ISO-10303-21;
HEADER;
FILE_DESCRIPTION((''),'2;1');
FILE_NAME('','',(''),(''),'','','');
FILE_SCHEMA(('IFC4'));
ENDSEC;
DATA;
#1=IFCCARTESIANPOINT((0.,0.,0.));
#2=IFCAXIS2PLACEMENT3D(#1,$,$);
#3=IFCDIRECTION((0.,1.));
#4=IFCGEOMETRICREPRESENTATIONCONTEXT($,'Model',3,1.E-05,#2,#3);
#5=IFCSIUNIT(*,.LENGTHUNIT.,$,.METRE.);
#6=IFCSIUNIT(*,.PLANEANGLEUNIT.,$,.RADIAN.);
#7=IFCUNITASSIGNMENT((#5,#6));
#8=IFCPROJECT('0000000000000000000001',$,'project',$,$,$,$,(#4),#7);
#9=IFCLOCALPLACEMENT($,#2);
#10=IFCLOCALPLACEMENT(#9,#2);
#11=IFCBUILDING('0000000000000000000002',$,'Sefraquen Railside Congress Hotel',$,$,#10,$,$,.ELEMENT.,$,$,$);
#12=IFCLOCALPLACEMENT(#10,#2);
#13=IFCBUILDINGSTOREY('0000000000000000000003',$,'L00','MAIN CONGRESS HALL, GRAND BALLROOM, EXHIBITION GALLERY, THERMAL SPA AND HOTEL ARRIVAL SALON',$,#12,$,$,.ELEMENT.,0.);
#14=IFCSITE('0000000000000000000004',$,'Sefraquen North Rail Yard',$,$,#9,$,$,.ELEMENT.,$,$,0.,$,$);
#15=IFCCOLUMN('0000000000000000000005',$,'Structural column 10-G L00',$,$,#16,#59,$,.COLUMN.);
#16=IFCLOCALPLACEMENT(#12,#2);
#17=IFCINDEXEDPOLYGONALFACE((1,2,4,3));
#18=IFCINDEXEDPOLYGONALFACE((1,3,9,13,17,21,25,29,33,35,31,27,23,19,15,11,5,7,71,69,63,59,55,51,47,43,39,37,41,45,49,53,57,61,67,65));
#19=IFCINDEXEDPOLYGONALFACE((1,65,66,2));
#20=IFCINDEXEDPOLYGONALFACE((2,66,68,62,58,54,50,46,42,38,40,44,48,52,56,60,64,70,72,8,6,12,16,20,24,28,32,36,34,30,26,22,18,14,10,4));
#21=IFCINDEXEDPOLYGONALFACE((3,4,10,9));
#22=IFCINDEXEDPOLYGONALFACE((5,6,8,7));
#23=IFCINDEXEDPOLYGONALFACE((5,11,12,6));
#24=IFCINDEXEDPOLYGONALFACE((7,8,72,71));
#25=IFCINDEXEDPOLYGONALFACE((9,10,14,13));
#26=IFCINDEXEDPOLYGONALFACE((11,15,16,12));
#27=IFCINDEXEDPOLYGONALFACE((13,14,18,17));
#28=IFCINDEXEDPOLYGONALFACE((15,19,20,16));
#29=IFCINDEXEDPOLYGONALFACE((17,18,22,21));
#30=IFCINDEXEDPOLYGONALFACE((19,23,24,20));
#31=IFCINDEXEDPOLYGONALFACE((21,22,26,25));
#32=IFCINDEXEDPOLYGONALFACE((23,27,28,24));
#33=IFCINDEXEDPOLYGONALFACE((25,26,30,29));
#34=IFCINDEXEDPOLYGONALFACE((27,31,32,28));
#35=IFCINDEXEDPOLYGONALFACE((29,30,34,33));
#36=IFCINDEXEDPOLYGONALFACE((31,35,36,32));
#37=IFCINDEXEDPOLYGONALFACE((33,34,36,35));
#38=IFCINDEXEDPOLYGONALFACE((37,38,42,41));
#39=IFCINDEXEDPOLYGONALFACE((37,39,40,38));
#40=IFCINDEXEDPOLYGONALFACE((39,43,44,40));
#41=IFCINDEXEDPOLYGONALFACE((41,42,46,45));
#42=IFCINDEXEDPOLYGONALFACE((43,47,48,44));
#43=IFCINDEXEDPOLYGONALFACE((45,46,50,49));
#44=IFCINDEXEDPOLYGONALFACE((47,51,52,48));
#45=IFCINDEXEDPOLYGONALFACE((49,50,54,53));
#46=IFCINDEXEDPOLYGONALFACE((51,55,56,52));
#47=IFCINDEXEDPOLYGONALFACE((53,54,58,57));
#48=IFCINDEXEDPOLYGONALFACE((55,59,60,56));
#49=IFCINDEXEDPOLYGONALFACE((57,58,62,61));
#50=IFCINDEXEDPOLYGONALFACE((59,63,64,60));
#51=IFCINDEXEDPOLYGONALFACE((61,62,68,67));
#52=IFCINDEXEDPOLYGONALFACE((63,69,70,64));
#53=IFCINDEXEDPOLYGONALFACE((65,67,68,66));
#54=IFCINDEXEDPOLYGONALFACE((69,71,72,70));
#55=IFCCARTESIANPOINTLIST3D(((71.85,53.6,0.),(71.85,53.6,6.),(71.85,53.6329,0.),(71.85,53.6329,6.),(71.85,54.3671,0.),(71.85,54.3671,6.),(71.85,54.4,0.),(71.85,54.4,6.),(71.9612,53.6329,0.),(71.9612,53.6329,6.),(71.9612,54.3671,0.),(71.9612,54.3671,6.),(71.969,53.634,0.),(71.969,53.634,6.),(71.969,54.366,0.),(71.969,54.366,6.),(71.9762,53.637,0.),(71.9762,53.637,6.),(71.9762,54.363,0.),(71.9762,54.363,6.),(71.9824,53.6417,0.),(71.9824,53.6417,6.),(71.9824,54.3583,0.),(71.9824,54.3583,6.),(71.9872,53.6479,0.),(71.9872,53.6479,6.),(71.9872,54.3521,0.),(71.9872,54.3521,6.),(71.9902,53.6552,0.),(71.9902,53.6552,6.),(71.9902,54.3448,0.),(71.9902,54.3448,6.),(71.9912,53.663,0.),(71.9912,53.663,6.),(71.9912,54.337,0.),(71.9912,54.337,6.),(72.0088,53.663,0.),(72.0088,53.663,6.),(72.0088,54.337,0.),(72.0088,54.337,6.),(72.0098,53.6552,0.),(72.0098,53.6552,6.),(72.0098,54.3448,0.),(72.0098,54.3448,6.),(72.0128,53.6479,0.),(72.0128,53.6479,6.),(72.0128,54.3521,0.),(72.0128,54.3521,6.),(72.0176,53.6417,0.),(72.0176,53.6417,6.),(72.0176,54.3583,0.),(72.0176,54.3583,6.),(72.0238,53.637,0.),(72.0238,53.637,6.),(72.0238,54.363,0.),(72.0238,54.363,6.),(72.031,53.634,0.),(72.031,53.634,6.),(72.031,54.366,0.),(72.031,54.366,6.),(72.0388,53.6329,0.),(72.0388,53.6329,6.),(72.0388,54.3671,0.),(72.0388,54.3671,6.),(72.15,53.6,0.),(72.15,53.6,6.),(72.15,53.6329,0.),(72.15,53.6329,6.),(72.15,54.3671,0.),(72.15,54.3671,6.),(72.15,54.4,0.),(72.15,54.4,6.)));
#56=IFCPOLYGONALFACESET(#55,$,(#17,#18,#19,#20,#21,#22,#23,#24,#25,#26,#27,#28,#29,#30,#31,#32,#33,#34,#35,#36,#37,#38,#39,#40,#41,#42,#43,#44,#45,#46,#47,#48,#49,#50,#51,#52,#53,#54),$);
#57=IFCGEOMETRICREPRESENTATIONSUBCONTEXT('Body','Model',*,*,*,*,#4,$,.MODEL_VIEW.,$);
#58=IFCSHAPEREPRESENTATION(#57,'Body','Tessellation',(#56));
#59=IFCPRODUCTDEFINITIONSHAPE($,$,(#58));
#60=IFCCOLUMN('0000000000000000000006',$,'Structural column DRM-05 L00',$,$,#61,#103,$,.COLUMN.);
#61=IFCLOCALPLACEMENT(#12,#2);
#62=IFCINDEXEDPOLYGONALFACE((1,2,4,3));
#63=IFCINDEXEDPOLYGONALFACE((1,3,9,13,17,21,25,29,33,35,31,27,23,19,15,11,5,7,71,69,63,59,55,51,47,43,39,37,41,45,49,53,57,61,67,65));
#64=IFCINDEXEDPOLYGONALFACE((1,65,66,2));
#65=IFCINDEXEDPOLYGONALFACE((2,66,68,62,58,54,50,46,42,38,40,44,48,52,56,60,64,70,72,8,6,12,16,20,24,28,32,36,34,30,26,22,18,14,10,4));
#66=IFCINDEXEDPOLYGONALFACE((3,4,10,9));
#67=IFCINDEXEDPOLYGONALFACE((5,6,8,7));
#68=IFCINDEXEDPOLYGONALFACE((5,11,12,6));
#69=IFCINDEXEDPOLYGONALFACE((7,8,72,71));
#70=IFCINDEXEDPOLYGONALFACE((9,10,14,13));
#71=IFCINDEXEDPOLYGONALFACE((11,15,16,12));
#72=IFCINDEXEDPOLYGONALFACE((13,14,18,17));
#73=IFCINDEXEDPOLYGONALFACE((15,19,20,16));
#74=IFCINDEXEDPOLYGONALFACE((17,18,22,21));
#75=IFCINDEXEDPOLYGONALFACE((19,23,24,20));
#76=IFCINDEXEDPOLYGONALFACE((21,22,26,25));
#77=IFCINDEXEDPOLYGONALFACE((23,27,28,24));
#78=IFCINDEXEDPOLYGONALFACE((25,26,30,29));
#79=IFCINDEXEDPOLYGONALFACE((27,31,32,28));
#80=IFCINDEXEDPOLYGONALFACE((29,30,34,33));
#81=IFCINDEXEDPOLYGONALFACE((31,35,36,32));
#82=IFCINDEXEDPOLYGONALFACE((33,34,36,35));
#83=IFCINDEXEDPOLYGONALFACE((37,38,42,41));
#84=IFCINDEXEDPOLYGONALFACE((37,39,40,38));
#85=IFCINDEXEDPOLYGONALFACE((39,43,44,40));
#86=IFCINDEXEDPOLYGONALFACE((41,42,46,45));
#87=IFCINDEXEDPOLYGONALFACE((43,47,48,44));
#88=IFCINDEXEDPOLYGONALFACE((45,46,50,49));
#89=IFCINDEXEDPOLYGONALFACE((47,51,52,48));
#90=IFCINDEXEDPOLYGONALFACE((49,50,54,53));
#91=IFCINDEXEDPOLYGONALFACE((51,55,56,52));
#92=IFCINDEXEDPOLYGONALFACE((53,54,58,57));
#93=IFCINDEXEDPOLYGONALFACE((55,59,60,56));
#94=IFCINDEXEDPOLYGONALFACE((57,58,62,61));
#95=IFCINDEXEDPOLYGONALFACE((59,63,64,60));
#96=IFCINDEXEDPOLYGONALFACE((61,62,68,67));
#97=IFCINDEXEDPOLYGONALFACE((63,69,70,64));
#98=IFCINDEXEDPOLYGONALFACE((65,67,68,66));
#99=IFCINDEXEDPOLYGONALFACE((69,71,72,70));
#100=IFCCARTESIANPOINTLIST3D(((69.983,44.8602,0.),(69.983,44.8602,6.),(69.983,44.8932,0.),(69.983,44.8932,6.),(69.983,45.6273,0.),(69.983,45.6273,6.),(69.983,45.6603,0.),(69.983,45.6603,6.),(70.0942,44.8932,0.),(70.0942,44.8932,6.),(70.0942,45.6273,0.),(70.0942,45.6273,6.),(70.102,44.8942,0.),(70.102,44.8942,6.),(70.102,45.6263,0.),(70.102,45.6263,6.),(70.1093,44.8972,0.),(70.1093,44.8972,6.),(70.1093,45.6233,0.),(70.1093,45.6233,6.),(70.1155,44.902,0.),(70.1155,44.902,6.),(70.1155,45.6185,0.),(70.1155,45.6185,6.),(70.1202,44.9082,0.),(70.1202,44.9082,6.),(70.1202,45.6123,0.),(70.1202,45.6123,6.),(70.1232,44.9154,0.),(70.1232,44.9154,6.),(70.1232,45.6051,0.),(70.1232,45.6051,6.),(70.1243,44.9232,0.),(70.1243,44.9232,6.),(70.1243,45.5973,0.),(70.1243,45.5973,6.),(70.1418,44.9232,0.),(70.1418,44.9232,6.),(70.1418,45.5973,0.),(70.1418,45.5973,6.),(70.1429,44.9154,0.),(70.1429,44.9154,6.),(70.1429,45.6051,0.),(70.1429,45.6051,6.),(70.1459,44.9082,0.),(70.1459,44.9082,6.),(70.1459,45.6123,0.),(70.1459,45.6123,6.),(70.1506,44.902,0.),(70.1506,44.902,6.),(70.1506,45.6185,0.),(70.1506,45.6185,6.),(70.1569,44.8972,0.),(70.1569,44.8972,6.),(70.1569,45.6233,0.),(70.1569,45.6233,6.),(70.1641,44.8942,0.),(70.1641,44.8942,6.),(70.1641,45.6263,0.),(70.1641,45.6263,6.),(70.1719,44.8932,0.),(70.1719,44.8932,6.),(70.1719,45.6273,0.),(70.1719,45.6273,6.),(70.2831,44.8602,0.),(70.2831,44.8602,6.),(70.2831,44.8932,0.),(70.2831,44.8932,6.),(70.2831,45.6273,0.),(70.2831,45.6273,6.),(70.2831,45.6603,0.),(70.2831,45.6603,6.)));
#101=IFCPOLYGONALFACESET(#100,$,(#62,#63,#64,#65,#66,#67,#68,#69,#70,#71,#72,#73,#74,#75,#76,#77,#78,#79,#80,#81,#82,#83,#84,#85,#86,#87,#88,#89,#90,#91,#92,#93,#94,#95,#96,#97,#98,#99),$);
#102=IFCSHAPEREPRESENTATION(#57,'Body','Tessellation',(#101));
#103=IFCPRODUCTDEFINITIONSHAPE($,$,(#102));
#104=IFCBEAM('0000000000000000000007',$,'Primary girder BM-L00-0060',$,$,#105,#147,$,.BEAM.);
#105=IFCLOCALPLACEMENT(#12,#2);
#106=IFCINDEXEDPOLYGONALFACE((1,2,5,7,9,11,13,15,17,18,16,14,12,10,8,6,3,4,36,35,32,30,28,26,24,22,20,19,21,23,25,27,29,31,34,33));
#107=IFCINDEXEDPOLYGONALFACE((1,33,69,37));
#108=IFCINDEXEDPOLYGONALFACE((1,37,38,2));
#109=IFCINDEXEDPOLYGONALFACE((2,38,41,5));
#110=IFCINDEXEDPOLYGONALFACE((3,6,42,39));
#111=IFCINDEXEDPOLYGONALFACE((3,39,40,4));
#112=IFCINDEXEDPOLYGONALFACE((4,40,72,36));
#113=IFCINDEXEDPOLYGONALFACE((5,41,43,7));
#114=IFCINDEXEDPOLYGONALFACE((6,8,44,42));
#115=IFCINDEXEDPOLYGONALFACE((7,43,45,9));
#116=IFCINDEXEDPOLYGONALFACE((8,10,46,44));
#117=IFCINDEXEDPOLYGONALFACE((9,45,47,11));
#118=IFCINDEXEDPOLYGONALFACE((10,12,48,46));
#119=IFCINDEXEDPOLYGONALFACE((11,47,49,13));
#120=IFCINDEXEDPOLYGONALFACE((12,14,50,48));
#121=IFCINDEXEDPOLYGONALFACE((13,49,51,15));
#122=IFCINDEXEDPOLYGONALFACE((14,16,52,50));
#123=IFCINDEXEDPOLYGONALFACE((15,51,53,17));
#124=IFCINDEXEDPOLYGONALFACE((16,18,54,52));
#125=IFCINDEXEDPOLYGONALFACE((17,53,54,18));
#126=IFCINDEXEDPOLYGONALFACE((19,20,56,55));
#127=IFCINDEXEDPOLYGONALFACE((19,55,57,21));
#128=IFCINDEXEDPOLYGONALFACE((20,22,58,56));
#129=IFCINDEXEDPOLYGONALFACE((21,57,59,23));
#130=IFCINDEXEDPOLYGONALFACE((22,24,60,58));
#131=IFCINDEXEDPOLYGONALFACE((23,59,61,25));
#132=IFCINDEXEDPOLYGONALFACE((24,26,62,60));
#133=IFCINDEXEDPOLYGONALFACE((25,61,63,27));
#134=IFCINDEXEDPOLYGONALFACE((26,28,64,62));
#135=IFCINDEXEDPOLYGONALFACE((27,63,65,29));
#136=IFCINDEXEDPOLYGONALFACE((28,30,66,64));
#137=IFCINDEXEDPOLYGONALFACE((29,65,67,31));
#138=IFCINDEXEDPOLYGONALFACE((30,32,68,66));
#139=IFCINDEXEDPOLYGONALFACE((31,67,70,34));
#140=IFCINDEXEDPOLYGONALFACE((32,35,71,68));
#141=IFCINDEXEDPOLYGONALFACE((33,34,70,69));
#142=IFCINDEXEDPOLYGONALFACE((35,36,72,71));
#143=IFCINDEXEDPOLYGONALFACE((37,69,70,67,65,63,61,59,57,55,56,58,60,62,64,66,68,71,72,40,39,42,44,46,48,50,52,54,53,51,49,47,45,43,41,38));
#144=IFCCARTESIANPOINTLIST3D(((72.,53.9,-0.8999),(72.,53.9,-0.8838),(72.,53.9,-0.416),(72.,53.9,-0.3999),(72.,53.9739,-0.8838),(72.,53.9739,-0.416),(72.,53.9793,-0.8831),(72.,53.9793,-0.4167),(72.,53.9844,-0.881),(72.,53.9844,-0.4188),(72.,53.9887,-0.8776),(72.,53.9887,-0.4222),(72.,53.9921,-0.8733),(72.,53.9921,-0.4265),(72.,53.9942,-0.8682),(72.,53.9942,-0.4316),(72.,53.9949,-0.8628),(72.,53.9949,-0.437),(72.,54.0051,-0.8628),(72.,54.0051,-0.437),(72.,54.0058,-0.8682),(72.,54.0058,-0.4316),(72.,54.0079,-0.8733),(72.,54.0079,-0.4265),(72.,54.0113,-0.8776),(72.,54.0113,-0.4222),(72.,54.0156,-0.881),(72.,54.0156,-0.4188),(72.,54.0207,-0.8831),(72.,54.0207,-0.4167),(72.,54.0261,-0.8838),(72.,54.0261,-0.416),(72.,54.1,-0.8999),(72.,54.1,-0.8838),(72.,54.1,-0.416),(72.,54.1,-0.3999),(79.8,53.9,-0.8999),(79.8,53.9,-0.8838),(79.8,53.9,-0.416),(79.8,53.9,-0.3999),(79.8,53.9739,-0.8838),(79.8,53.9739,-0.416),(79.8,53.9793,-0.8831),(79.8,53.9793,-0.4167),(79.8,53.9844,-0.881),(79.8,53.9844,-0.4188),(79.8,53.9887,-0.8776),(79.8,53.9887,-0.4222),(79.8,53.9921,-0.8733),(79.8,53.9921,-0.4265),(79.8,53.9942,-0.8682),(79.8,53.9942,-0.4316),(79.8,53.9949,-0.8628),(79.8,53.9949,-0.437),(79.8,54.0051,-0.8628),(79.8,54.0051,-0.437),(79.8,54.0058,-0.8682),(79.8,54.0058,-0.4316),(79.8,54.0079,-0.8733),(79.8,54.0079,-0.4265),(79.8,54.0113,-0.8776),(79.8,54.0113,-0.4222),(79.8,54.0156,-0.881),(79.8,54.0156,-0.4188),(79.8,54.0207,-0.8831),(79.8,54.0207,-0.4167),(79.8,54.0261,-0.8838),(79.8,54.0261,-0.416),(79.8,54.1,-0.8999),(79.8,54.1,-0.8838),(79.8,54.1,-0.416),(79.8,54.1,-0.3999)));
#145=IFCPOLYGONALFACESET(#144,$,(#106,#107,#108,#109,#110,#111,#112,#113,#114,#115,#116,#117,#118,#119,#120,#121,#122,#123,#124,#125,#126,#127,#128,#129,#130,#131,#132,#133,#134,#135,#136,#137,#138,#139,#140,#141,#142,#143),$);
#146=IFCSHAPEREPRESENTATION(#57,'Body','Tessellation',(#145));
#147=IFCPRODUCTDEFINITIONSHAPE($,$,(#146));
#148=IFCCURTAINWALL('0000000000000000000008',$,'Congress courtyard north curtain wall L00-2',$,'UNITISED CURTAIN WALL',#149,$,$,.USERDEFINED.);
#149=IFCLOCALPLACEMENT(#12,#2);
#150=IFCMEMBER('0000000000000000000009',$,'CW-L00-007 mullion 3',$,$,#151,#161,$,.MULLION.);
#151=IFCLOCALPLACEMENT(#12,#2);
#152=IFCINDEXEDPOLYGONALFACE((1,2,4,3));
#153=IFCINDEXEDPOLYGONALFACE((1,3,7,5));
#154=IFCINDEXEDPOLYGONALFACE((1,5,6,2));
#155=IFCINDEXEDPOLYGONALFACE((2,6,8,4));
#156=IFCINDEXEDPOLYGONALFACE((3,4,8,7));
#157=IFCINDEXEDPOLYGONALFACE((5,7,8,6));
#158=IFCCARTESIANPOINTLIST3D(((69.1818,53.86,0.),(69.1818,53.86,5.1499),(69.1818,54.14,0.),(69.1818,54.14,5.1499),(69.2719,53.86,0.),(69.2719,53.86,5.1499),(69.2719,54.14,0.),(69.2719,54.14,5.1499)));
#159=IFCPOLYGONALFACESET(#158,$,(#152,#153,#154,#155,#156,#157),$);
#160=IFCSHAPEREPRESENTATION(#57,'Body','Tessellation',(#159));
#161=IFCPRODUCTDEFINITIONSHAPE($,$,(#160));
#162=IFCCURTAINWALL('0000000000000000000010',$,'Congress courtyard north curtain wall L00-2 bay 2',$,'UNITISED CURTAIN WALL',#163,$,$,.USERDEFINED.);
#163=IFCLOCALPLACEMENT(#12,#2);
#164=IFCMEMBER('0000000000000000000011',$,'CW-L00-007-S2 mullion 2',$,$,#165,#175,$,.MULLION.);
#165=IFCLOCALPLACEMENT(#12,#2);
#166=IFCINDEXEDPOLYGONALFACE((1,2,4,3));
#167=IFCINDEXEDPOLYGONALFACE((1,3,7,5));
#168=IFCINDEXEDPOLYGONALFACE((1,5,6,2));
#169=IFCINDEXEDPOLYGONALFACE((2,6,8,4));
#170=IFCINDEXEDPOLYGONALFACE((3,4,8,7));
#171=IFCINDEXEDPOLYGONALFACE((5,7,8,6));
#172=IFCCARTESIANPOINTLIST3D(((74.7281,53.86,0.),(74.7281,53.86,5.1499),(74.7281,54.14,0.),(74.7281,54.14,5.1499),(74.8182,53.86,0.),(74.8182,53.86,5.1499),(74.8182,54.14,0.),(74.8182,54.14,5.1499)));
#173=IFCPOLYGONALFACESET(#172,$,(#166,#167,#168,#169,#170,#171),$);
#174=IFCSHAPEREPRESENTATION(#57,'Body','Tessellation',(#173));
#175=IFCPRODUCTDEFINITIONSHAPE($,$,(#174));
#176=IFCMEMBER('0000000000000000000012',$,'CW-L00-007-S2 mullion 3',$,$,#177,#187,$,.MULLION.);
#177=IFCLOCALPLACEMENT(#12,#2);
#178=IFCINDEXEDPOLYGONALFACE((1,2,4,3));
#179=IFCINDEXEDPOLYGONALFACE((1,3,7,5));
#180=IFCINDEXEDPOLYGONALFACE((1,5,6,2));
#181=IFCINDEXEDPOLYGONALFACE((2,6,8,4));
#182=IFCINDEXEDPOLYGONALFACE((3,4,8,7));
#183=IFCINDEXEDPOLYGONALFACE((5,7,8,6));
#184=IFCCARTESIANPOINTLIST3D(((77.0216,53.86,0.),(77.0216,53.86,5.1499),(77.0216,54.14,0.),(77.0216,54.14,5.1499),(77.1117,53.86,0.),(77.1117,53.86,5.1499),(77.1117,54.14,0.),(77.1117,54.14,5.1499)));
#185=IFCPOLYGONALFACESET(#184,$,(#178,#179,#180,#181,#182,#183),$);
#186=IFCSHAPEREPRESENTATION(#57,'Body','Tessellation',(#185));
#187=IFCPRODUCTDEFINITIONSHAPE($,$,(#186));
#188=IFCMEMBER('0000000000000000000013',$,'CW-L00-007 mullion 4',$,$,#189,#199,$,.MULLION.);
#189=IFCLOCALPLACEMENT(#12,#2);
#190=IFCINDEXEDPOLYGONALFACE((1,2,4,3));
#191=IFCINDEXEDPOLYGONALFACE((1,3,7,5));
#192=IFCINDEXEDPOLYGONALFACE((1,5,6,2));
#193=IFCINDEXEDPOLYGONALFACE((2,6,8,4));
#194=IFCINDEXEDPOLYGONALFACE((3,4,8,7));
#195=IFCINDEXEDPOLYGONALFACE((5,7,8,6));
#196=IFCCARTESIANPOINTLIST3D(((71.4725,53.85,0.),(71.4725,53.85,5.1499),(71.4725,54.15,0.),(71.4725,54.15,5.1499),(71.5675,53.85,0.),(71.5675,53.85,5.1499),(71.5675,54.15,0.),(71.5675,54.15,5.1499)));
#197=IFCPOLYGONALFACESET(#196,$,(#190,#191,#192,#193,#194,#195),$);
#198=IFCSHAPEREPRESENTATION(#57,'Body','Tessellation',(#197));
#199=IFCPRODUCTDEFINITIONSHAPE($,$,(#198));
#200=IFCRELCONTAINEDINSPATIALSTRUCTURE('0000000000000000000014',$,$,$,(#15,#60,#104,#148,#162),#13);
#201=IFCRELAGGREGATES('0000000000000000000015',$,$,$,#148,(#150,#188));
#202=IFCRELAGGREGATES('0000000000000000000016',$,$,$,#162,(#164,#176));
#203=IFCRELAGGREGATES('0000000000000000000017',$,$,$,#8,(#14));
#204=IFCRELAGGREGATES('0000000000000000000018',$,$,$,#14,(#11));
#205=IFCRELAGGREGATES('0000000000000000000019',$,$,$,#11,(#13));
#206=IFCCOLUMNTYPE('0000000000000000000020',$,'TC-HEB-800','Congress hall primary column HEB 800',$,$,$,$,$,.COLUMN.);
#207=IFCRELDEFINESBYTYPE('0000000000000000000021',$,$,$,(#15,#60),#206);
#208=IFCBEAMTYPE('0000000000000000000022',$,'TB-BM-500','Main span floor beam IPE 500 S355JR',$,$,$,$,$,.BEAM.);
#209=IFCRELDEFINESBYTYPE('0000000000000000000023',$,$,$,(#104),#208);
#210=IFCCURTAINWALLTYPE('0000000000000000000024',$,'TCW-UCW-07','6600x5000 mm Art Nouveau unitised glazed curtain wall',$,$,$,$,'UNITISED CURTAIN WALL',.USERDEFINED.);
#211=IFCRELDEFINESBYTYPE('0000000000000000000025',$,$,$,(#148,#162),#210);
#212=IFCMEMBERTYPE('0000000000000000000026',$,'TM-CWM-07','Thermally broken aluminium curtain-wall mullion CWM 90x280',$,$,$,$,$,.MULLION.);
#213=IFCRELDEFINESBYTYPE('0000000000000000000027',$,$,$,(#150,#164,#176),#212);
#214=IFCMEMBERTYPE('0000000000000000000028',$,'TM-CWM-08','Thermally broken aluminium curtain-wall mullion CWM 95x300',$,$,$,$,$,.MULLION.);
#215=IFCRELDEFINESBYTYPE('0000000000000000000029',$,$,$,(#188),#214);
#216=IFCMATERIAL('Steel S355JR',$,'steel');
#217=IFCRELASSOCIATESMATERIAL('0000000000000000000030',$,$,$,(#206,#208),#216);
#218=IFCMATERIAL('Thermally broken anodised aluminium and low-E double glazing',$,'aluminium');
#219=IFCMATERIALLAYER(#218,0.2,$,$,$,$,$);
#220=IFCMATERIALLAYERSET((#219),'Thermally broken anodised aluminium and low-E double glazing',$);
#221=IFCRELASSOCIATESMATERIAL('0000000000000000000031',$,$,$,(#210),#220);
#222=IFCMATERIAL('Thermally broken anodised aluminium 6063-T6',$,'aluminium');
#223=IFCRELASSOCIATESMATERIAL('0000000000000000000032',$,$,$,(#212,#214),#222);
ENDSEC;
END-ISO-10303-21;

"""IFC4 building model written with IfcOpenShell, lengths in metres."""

from ifc_helpers import new_model, si_unit, direction, frame, origin, origin_2d, place, context, subcontext, project, spatial, rectangle, i_section, extrude, material, layer, layer_set, material_profile, profile_set, type_object, element, aggregate, save


model = new_model("IFC4")

# Units and contexts
model_context = context("Model", 3, precision=1e-05, world=origin(), true_north=direction((0.0, 1.0)))
body_context = subcontext(model_context, "Body", "Model", "MODEL_VIEW")
ifc_project = project(units=[si_unit("LENGTHUNIT", "METRE"), si_unit("PLANEANGLEUNIT", "RADIAN")], contexts=[model_context])

# Site, building, storey
site_placement = place(None, origin())
site = spatial("IfcSite", under=ifc_project, at=site_placement, Name="Sefraquen North Rail Yard", CompositionType="ELEMENT", RefElevation=0.0)
building_placement = place(site_placement, origin())
building = spatial("IfcBuilding", under=site, at=building_placement, Name="Sefraquen Railside Congress Hotel", CompositionType="ELEMENT")
storey_placement = place(building_placement, origin())
storey = spatial("IfcBuildingStorey", under=building, at=storey_placement, Name="L00", Description="MAIN CONGRESS HALL, GRAND BALLROOM, EXHIBITION GALLERY, THERMAL SPA AND HOTEL ARRIVAL SALON", CompositionType="ELEMENT", Elevation=0.0)

# Columns
ifc_material_1 = material(Name="Steel S355JR", Category="steel")
ifc_material_profile_1 = material_profile(ifc_material_1, i_section(OverallWidth=0.3, OverallDepth=0.8, WebThickness=0.0176, FlangeThickness=0.033, FilletRadius=0.03, at=origin_2d()), Name="HEB 800")
ifc_profile_set_1 = profile_set([ifc_material_profile_1], Name="Steel S355JR")
column_type = type_object("IfcColumnType", Name="TC-HEB-800", Description="Congress hall primary column HEB 800", PredefinedType="COLUMN", material=ifc_profile_set_1)
for number, where, z_axis, x_axis, name in (
    (1, (72.0, 54.0, 0.0), (0.0, 0.0, 1.0), (1.0, 0.0, 0.0), "Structural column 10-G L00"),
    (2, (70.1331, 45.2603, 0.0), (0.0, 0.0, 1.0), (1.0, 0.0, 0.0), "Structural column DRM-05 L00"),
):
    element("IfcColumn", number, at=place(storey_placement, frame(where, z_axis=z_axis, x_axis=x_axis)), inside=storey, type_object=column_type, Name=name, PredefinedType="COLUMN", context=body_context, shape_type="SweptSolid", body=[
        extrude(i_section(OverallWidth=0.3, OverallDepth=0.8, WebThickness=0.0176, FlangeThickness=0.033, FilletRadius=0.03, at=origin_2d()), origin(), (0.0, 0.0, 1.0), 6.0),
    ])

# Beam
ifc_material_profile_2 = material_profile(ifc_material_1, i_section(OverallWidth=0.2, OverallDepth=0.5, WebThickness=0.0103, FlangeThickness=0.0161, FilletRadius=0.021, at=origin_2d()), Name="IPE 500")
ifc_profile_set_2 = profile_set([ifc_material_profile_2], Name="Steel S355JR")
beam_type = type_object("IfcBeamType", Name="TB-BM-500", Description="Main span floor beam IPE 500 S355JR", PredefinedType="BEAM", material=ifc_profile_set_2)
beam_placement = place(storey_placement, frame((72.0, 54.0, -0.6499), z_axis=(1.0, 0.0, 0.0), x_axis=(0.0, 1.0, 0.0)))
element("IfcBeam", 3, at=beam_placement, inside=storey, type_object=beam_type, Name="Primary girder BM-L00-0060", PredefinedType="BEAM", context=body_context, shape_type="SweptSolid", body=[
    extrude(i_section(OverallWidth=0.2, OverallDepth=0.5, WebThickness=0.0103, FlangeThickness=0.0161, FilletRadius=0.021, at=origin_2d()), origin(), (0.0, 0.0, 1.0), 7.8),
])

# Curtain wall, member
ifc_material_2 = material(Name="Thermally broken anodised aluminium and low-E double glazing", Category="aluminium")
ifc_layer_1 = layer(ifc_material_2, 0.2)
ifc_layer_set_1 = layer_set([ifc_layer_1], Name="Thermally broken anodised aluminium and low-E double glazing")
curtain_wall_type = type_object("IfcCurtainWallType", Name="TCW-UCW-07", Description="6600x5000 mm Art Nouveau unitised glazed curtain wall", ElementType="UNITISED CURTAIN WALL", PredefinedType="USERDEFINED", material=ifc_layer_set_1)
curtain_wall_1_placement = place(storey_placement, origin())
curtain_wall_1 = element("IfcCurtainWall", 4, at=curtain_wall_1_placement, inside=storey, type_object=curtain_wall_type, Name="Congress courtyard north curtain wall L00-2", ObjectType="UNITISED CURTAIN WALL", PredefinedType="USERDEFINED")
ifc_material_3 = material(Name="Thermally broken anodised aluminium 6063-T6", Category="aluminium")
ifc_material_profile_3 = material_profile(ifc_material_3, rectangle(XDim=0.0901, YDim=0.28, at=origin_2d()), Name="CWM 90x280")
ifc_profile_set_3 = profile_set([ifc_material_profile_3], Name="Thermally broken anodised aluminium 6063-T6")
member_type_1 = type_object("IfcMemberType", Name="TM-CWM-07", Description="Thermally broken aluminium curtain-wall mullion CWM 90x280", PredefinedType="MULLION", material=ifc_profile_set_3)
member_1_placement = place(storey_placement, frame((69.2268, 54.0, 0.0), z_axis=(0.0, 0.0, 1.0), x_axis=(1.0, 0.0, 0.0)))
member_1 = element("IfcMember", 5, at=member_1_placement, type_object=member_type_1, Name="CW-L00-007 mullion 3", PredefinedType="MULLION", context=body_context, shape_type="SweptSolid", body=[
    extrude(rectangle(XDim=0.0901, YDim=0.28, at=origin_2d()), origin(), (0.0, 0.0, 1.0), 5.1499),
])

# Curtain wall, members
curtain_wall_2_placement = place(storey_placement, origin())
curtain_wall_2 = element("IfcCurtainWall", 6, at=curtain_wall_2_placement, inside=storey, type_object=curtain_wall_type, Name="Congress courtyard north curtain wall L00-2 bay 2", ObjectType="UNITISED CURTAIN WALL", PredefinedType="USERDEFINED")
member_2_placement = place(storey_placement, frame((74.7732, 54.0, 0.0), z_axis=(0.0, 0.0, 1.0), x_axis=(1.0, 0.0, 0.0)))
member_2 = element("IfcMember", 7, at=member_2_placement, type_object=member_type_1, Name="CW-L00-007-S2 mullion 2", PredefinedType="MULLION", context=body_context, shape_type="SweptSolid", body=[
    extrude(rectangle(XDim=0.0901, YDim=0.28, at=origin_2d()), origin(), (0.0, 0.0, 1.0), 5.1499),
])
member_3_placement = place(storey_placement, frame((77.0667, 54.0, 0.0), z_axis=(0.0, 0.0, 1.0), x_axis=(1.0, 0.0, 0.0)))
member_3 = element("IfcMember", 8, at=member_3_placement, type_object=member_type_1, Name="CW-L00-007-S2 mullion 3", PredefinedType="MULLION", context=body_context, shape_type="SweptSolid", body=[
    extrude(rectangle(XDim=0.0901, YDim=0.28, at=origin_2d()), origin(), (0.0, 0.0, 1.0), 5.1499),
])

# Member
ifc_material_profile_4 = material_profile(ifc_material_3, rectangle(XDim=0.095, YDim=0.3, at=origin_2d()), Name="CWM 95x300")
ifc_profile_set_4 = profile_set([ifc_material_profile_4], Name="Thermally broken anodised aluminium 6063-T6")
member_type_2 = type_object("IfcMemberType", Name="TM-CWM-08", Description="Thermally broken aluminium curtain-wall mullion CWM 95x300", PredefinedType="MULLION", material=ifc_profile_set_4)
member_4_placement = place(storey_placement, frame((71.52, 54.0, 0.0), z_axis=(0.0, 0.0, 1.0), x_axis=(1.0, 0.0, 0.0)))
member_4 = element("IfcMember", 9, at=member_4_placement, type_object=member_type_2, Name="CW-L00-007 mullion 4", PredefinedType="MULLION", context=body_context, shape_type="SweptSolid", body=[
    extrude(rectangle(XDim=0.095, YDim=0.3, at=origin_2d()), origin(), (0.0, 0.0, 1.0), 5.1499),
])

aggregate(curtain_wall_1, [member_1, member_4])
aggregate(curtain_wall_2, [member_2, member_3])

save(model, "model.ifc")
